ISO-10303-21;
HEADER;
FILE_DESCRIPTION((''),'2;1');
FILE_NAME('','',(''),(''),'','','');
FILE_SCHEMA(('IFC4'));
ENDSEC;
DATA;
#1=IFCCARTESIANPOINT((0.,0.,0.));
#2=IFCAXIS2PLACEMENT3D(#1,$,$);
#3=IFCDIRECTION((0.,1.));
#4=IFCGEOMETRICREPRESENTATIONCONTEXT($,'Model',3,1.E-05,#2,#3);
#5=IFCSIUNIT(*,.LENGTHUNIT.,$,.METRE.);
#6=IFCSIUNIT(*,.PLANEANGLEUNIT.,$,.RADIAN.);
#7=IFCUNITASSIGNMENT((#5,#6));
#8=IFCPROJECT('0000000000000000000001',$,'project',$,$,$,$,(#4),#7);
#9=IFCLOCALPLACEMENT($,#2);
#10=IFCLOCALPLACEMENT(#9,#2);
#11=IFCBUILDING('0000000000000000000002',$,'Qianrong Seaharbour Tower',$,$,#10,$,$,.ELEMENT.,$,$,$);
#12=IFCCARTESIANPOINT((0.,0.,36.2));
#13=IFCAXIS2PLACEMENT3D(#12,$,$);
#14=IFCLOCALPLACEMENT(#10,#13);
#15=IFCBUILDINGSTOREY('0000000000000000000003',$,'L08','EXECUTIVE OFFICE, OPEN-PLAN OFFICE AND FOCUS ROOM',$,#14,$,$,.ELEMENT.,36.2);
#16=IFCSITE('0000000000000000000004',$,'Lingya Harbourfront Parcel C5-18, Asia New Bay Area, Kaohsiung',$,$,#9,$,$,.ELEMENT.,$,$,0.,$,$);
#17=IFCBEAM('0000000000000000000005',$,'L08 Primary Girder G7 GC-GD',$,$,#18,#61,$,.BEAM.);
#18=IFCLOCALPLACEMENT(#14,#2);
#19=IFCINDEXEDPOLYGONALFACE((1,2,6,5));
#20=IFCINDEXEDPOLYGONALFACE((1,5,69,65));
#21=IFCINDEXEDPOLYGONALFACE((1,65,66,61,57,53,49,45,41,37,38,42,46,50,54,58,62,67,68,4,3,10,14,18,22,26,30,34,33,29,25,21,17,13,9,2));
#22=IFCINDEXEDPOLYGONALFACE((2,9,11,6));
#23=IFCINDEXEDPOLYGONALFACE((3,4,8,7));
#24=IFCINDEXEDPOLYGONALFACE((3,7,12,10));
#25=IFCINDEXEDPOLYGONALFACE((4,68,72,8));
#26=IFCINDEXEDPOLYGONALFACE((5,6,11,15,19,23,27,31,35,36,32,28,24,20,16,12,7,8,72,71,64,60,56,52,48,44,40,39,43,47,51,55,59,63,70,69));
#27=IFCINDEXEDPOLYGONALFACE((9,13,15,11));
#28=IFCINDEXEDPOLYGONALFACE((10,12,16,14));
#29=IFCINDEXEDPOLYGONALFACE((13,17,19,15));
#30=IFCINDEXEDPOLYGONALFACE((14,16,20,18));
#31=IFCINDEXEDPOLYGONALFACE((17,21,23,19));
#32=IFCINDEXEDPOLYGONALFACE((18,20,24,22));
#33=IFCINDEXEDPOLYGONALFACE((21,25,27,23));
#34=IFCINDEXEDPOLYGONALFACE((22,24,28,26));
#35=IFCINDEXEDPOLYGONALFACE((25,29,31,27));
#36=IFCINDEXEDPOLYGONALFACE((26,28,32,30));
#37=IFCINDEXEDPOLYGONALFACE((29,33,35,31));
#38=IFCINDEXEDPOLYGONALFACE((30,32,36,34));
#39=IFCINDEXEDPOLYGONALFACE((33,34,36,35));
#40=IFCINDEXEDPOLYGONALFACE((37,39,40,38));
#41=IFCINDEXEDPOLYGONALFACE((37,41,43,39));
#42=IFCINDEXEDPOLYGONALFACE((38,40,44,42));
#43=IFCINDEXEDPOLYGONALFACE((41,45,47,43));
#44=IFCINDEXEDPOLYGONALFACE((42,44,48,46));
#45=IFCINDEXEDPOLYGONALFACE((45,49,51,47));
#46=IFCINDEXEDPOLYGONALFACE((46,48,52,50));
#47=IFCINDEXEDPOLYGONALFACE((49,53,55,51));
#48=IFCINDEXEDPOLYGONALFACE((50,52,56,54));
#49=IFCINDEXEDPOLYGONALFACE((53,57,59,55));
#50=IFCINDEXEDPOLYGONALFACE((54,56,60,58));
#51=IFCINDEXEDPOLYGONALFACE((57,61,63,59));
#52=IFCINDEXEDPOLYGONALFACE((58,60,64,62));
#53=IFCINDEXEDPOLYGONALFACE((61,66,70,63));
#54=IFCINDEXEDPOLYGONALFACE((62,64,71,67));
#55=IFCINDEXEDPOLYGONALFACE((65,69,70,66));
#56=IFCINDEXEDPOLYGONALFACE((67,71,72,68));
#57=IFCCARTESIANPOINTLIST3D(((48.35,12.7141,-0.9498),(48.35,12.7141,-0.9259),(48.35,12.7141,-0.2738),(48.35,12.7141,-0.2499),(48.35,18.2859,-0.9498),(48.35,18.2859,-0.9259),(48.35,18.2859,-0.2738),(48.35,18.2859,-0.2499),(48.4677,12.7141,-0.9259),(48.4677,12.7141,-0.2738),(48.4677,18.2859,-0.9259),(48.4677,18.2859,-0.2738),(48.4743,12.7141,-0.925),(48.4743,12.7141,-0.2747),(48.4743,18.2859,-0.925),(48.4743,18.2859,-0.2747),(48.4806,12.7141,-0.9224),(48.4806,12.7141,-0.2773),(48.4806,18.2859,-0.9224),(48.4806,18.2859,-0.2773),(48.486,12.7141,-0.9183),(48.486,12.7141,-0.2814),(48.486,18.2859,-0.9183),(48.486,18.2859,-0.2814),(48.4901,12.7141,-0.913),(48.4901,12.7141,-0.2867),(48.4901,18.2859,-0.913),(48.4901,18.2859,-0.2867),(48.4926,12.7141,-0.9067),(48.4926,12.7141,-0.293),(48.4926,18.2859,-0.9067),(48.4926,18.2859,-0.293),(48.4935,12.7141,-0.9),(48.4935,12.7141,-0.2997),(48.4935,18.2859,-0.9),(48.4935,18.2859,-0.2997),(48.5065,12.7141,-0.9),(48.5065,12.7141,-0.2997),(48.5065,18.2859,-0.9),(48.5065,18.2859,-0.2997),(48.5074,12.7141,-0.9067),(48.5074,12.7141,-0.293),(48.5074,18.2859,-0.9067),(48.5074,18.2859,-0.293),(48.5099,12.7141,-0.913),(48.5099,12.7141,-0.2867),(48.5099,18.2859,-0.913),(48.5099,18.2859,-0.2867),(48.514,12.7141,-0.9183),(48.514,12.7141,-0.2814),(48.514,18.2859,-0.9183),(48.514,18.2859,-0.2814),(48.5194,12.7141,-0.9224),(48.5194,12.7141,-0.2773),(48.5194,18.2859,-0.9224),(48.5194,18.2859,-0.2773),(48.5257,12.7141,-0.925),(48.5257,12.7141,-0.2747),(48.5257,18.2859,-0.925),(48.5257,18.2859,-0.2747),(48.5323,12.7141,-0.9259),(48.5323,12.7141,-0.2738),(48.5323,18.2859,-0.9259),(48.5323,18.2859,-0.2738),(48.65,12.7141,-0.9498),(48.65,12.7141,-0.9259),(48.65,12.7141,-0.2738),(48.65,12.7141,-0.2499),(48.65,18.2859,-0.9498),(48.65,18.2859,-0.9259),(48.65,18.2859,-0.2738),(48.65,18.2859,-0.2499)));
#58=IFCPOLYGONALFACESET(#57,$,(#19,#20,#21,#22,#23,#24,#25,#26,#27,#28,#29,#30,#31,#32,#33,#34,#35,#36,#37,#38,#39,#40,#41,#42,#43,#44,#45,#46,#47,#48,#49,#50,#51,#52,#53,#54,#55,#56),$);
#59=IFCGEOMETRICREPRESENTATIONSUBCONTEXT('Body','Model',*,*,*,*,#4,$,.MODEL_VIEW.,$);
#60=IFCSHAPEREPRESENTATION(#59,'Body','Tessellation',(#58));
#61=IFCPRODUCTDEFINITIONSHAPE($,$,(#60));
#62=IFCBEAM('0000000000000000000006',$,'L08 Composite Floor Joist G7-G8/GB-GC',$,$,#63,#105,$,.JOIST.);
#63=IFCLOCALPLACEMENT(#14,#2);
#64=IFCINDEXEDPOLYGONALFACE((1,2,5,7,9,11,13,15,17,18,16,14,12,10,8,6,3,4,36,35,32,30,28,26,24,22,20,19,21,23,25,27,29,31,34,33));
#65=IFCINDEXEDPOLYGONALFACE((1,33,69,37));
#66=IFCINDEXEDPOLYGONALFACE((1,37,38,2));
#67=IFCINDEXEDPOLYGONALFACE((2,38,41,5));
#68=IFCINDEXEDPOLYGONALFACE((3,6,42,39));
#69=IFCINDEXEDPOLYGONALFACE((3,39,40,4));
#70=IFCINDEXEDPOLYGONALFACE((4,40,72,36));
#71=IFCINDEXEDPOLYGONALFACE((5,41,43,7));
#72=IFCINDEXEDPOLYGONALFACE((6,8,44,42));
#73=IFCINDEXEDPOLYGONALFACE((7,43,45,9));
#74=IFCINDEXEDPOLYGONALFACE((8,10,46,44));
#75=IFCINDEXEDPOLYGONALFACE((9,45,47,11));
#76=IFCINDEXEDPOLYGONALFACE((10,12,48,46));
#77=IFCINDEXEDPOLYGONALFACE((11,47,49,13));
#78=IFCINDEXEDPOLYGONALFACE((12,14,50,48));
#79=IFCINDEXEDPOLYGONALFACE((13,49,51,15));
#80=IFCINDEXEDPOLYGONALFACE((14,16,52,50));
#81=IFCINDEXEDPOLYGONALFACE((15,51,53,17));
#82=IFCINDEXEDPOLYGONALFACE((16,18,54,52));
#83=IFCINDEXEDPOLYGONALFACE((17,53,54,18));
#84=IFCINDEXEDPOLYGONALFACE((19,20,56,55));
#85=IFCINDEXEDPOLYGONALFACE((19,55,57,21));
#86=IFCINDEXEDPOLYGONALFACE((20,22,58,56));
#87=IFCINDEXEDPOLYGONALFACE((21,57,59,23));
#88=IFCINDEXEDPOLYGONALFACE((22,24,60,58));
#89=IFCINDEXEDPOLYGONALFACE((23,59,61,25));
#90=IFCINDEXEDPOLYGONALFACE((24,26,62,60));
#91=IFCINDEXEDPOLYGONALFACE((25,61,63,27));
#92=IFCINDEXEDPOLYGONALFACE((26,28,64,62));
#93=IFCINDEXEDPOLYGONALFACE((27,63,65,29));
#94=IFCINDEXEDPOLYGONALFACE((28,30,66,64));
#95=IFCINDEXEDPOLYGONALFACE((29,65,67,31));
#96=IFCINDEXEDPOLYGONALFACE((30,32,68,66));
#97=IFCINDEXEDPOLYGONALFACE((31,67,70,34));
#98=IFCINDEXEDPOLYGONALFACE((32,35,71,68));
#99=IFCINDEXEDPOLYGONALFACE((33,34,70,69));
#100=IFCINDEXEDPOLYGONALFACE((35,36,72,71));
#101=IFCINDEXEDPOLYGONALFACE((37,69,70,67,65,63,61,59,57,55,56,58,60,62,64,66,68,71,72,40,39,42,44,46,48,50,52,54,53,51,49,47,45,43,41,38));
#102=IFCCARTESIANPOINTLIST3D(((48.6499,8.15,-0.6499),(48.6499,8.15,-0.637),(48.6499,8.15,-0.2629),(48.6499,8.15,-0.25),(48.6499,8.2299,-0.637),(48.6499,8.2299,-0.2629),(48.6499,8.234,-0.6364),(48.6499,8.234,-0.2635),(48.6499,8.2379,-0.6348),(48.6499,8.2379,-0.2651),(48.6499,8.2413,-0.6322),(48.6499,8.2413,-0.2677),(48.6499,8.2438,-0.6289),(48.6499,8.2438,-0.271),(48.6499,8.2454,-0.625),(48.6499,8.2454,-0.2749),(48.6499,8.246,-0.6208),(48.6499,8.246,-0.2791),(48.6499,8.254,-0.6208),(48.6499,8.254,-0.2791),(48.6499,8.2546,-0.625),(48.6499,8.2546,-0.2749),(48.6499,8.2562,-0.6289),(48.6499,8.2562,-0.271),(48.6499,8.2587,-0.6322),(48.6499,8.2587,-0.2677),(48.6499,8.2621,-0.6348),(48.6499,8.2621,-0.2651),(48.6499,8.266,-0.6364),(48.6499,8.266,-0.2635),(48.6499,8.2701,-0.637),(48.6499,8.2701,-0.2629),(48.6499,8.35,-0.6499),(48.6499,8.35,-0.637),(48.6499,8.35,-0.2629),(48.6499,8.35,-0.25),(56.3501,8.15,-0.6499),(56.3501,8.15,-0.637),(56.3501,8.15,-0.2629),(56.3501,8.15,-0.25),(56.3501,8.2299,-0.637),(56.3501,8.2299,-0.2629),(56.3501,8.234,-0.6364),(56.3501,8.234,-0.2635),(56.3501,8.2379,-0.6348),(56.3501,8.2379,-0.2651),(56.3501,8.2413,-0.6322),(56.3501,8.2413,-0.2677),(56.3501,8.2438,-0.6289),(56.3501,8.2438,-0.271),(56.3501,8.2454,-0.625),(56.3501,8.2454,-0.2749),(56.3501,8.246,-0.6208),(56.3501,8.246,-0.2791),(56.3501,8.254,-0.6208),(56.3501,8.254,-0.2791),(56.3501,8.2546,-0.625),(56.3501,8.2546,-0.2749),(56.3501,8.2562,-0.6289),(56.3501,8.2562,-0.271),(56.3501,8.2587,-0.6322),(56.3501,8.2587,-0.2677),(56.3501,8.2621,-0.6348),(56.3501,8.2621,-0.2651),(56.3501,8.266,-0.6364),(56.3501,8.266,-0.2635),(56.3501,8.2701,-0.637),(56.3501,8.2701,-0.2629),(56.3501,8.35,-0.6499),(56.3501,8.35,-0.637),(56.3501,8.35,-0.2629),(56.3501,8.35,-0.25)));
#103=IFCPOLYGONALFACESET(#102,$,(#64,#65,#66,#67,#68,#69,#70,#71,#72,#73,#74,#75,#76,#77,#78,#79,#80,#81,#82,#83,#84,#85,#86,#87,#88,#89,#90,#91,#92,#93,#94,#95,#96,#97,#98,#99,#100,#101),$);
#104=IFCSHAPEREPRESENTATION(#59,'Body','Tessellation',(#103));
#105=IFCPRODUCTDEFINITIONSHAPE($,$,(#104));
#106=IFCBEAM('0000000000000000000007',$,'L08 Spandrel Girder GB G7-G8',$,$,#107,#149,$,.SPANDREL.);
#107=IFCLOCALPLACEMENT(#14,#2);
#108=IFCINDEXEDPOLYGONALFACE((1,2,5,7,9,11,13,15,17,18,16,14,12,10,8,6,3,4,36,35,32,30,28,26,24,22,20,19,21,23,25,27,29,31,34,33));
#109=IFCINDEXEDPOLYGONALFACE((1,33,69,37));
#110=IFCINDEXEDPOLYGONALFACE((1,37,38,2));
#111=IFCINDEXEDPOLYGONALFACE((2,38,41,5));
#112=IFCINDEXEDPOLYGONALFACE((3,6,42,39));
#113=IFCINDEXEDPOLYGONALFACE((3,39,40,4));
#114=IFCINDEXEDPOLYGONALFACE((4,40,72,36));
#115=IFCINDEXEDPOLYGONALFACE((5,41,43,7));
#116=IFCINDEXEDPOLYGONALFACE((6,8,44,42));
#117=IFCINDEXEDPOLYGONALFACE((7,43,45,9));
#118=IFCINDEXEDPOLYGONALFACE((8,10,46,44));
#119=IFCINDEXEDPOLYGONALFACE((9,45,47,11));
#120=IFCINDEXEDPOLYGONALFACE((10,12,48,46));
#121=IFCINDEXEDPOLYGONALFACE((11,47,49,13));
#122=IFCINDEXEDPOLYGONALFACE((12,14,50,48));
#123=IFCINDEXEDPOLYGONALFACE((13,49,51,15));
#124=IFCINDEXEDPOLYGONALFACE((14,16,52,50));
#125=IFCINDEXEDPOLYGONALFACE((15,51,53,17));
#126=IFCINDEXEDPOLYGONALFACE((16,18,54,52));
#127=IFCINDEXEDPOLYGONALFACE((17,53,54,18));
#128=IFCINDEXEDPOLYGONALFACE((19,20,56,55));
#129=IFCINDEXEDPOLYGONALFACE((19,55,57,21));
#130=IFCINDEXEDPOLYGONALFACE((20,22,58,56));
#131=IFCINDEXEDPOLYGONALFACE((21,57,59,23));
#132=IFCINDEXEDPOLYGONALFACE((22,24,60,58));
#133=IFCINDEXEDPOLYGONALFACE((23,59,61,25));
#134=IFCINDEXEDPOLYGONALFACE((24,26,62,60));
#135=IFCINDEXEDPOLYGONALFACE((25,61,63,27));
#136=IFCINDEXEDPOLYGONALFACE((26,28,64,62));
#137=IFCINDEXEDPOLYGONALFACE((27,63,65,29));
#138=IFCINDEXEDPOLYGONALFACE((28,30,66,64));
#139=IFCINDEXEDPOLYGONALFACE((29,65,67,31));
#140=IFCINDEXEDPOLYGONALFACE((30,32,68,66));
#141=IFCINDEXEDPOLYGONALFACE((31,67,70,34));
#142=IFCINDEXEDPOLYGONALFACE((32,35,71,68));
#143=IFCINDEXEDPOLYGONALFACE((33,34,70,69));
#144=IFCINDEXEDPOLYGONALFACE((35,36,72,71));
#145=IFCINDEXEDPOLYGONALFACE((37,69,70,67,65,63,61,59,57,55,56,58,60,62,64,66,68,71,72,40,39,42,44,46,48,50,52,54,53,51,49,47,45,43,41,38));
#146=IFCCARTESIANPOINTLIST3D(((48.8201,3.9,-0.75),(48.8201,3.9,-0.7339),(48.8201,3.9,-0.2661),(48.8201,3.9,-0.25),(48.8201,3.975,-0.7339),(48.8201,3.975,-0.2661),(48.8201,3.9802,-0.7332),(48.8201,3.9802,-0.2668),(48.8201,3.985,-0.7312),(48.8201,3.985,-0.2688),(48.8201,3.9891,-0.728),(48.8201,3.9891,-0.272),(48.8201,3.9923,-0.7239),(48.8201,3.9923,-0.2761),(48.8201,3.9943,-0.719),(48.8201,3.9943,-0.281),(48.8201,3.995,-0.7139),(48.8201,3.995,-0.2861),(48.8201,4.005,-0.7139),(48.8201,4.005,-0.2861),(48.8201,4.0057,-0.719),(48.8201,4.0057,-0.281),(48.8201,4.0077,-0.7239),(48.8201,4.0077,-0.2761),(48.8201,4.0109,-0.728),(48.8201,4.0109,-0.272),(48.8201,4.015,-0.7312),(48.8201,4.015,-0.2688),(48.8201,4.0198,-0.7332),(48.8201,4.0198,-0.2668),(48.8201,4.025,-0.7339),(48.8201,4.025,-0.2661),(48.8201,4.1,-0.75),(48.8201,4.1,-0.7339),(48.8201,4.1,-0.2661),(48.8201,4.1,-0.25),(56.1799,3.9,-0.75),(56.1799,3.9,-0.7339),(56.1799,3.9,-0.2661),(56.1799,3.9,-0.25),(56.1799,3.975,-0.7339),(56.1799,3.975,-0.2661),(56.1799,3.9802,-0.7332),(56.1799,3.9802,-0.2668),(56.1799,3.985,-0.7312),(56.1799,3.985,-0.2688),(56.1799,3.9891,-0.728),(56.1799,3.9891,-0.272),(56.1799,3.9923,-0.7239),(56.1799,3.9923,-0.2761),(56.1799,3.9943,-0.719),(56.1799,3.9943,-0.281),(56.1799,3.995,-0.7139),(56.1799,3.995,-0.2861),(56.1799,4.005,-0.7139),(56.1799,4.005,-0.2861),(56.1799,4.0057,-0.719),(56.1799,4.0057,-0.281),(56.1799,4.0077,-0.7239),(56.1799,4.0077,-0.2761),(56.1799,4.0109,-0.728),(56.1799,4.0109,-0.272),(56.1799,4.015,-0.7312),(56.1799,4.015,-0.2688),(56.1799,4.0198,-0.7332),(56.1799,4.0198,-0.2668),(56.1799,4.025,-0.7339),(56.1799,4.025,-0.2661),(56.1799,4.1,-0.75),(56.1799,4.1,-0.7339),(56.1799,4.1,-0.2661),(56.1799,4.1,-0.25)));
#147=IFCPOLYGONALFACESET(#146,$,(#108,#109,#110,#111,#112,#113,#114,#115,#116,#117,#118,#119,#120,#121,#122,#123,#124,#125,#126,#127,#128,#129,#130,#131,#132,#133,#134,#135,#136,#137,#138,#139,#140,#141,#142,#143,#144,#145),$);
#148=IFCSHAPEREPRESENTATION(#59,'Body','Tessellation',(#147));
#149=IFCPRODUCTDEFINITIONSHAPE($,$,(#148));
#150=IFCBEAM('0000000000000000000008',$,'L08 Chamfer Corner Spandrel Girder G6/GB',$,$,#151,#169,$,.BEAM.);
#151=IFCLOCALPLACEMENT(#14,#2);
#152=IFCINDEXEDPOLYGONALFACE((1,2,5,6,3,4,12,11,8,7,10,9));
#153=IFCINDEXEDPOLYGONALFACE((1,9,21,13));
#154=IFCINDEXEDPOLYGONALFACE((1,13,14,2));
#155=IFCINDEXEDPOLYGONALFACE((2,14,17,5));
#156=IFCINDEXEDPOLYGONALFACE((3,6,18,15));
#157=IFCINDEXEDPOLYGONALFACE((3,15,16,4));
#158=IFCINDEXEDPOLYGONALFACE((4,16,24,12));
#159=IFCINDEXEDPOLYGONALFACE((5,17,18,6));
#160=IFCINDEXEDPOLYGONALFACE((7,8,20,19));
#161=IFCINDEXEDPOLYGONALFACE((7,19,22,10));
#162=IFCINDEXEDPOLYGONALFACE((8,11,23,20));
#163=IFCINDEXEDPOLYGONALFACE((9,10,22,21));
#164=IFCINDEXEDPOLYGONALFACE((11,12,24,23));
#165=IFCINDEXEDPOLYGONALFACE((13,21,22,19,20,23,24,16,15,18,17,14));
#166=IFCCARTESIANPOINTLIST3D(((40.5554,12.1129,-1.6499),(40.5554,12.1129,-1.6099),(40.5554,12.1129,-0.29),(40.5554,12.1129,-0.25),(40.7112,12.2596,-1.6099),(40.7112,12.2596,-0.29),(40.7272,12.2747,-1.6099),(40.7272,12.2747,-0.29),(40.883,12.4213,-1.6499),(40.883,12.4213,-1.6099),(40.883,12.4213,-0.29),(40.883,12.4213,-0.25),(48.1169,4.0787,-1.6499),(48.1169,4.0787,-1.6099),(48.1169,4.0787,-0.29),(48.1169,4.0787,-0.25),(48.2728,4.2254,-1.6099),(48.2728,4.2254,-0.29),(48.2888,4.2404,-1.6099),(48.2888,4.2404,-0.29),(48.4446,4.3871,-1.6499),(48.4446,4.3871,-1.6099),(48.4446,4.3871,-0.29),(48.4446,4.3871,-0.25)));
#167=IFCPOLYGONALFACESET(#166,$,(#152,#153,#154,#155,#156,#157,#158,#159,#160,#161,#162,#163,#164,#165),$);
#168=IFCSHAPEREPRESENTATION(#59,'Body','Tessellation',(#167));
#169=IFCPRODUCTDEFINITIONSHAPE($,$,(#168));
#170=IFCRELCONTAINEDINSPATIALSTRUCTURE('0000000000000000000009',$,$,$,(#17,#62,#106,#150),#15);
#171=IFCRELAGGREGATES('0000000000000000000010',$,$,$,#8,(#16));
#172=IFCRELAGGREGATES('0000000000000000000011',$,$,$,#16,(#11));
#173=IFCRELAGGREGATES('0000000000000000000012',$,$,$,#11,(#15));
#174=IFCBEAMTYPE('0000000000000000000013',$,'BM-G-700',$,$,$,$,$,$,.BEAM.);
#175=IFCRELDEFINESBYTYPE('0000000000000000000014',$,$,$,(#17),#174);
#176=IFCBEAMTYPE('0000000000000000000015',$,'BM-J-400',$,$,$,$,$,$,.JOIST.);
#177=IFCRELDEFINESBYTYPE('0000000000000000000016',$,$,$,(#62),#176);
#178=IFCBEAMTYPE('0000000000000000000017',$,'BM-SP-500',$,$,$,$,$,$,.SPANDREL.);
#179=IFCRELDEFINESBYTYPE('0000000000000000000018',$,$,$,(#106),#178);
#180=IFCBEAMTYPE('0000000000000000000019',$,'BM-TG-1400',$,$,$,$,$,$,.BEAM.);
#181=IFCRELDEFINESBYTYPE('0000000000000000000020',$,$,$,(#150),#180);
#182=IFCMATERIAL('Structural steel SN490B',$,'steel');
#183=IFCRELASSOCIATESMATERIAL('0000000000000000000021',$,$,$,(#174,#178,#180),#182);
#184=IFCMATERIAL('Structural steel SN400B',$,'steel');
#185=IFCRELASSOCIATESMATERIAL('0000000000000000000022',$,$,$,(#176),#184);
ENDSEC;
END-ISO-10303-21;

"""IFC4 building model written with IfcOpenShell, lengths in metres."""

from ifc_helpers import new_model, si_unit, direction, frame, origin, origin_2d, place, context, subcontext, project, spatial, i_section, extrude, material, material_profile, profile_set, type_object, element, save


model = new_model("IFC4")

# Units and contexts
model_context = context("Model", 3, precision=1e-05, world=origin(), true_north=direction((0.0, 1.0)))
body_context = subcontext(model_context, "Body", "Model", "MODEL_VIEW")
ifc_project = project(units=[si_unit("LENGTHUNIT", "METRE"), si_unit("PLANEANGLEUNIT", "RADIAN")], contexts=[model_context])

# Site, building, storey
site_placement = place(None, origin())
site = spatial("IfcSite", under=ifc_project, at=site_placement, Name="Lingya Harbourfront Parcel C5-18, Asia New Bay Area, Kaohsiung", CompositionType="ELEMENT", RefElevation=0.0)
building_placement = place(site_placement, origin())
building = spatial("IfcBuilding", under=site, at=building_placement, Name="Qianrong Seaharbour Tower", CompositionType="ELEMENT")
storey_placement = place(building_placement, frame((0.0, 0.0, 36.2)))
storey = spatial("IfcBuildingStorey", under=building, at=storey_placement, Name="L08", Description="EXECUTIVE OFFICE, OPEN-PLAN OFFICE AND FOCUS ROOM", CompositionType="ELEMENT", Elevation=36.2)

# Shared definitions
ifc_material_1 = material(Name="Structural steel SN490B", Category="steel")

# Beams
ifc_material_profile_1 = material_profile(ifc_material_1, i_section(OverallWidth=0.3, OverallDepth=0.7, WebThickness=0.0129, FlangeThickness=0.0239, FilletRadius=0.0259, at=origin_2d()), Name="H700x300x13x24")
ifc_profile_set_1 = profile_set([ifc_material_profile_1], Name="Structural steel SN490B")
beam_type_1 = type_object("IfcBeamType", Name="BM-G-700", PredefinedType="BEAM", material=ifc_profile_set_1)
beam_1_placement = place(storey_placement, frame((48.5, 12.7141, -0.5999), z_axis=(0.0, 1.0, 0.0), x_axis=(-1.0, 0.0, 0.0)))
element("IfcBeam", 1, at=beam_1_placement, inside=storey, type_object=beam_type_1, Name="L08 Primary Girder G7 GC-GD", PredefinedType="BEAM", context=body_context, shape_type="SweptSolid", body=[
    extrude(i_section(OverallWidth=0.3, OverallDepth=0.7, WebThickness=0.0129, FlangeThickness=0.0239, FilletRadius=0.0259, at=origin_2d()), origin(), (0.0, 0.0, 1.0), 5.5718),
])
ifc_material_2 = material(Name="Structural steel SN400B", Category="steel")
ifc_material_profile_2 = material_profile(ifc_material_2, i_section(OverallWidth=0.2, OverallDepth=0.3999, WebThickness=0.0081, FlangeThickness=0.0129, FilletRadius=0.0161, at=origin_2d()), Name="H400x200x8x13")
ifc_profile_set_2 = profile_set([ifc_material_profile_2], Name="Structural steel SN400B")
beam_type_2 = type_object("IfcBeamType", Name="BM-J-400", PredefinedType="JOIST", material=ifc_profile_set_2)
beam_2_placement = place(storey_placement, frame((48.6499, 8.25, -0.45), z_axis=(1.0, 0.0, 0.0), x_axis=(0.0, 1.0, 0.0)))
element("IfcBeam", 2, at=beam_2_placement, inside=storey, type_object=beam_type_2, Name="L08 Composite Floor Joist G7-G8/GB-GC", PredefinedType="JOIST", context=body_context, shape_type="SweptSolid", body=[
    extrude(i_section(OverallWidth=0.2, OverallDepth=0.3999, WebThickness=0.0081, FlangeThickness=0.0129, FilletRadius=0.0161, at=origin_2d()), origin(), (0.0, 0.0, 1.0), 7.7002),
])
ifc_material_profile_3 = material_profile(ifc_material_1, i_section(OverallWidth=0.2, OverallDepth=0.5, WebThickness=0.01, FlangeThickness=0.0161, FilletRadius=0.02, at=origin_2d()), Name="H500x200x10x16")
ifc_profile_set_3 = profile_set([ifc_material_profile_3], Name="Structural steel SN490B")
beam_type_3 = type_object("IfcBeamType", Name="BM-SP-500", PredefinedType="SPANDREL", material=ifc_profile_set_3)
beam_3_placement = place(storey_placement, frame((48.8201, 4.0, -0.5), z_axis=(1.0, 0.0, 0.0), x_axis=(0.0, 1.0, 0.0)))
element("IfcBeam", 3, at=beam_3_placement, inside=storey, type_object=beam_type_3, Name="L08 Spandrel Girder GB G7-G8", PredefinedType="SPANDREL", context=body_context, shape_type="SweptSolid", body=[
    extrude(i_section(OverallWidth=0.2, OverallDepth=0.5, WebThickness=0.01, FlangeThickness=0.0161, FilletRadius=0.02, at=origin_2d()), origin(), (0.0, 0.0, 1.0), 7.3599),
])
ifc_material_profile_4 = material_profile(ifc_material_1, i_section(OverallWidth=0.45, OverallDepth=1.3999, WebThickness=0.022, FlangeThickness=0.04, at=origin_2d()), Name="BH1400x450x22x40")
ifc_profile_set_4 = profile_set([ifc_material_profile_4], Name="Structural steel SN490B")
beam_type_4 = type_object("IfcBeamType", Name="BM-TG-1400", PredefinedType="BEAM", material=ifc_profile_set_4)
beam_4_placement = place(storey_placement, frame((48.2808, 4.2329, -0.95), z_axis=(-0.685362, 0.728203, 0.0), x_axis=(-0.728203, -0.685362, 0.0)))
element("IfcBeam", 4, at=beam_4_placement, inside=storey, type_object=beam_type_4, Name="L08 Chamfer Corner Spandrel Girder G6/GB", PredefinedType="BEAM", context=body_context, shape_type="SweptSolid", body=[
    extrude(i_section(OverallWidth=0.45, OverallDepth=1.3999, WebThickness=0.022, FlangeThickness=0.04, at=origin_2d()), origin(), (0.0, 0.0, 1.0), 11.033),
])

save(model, "model.ifc")
